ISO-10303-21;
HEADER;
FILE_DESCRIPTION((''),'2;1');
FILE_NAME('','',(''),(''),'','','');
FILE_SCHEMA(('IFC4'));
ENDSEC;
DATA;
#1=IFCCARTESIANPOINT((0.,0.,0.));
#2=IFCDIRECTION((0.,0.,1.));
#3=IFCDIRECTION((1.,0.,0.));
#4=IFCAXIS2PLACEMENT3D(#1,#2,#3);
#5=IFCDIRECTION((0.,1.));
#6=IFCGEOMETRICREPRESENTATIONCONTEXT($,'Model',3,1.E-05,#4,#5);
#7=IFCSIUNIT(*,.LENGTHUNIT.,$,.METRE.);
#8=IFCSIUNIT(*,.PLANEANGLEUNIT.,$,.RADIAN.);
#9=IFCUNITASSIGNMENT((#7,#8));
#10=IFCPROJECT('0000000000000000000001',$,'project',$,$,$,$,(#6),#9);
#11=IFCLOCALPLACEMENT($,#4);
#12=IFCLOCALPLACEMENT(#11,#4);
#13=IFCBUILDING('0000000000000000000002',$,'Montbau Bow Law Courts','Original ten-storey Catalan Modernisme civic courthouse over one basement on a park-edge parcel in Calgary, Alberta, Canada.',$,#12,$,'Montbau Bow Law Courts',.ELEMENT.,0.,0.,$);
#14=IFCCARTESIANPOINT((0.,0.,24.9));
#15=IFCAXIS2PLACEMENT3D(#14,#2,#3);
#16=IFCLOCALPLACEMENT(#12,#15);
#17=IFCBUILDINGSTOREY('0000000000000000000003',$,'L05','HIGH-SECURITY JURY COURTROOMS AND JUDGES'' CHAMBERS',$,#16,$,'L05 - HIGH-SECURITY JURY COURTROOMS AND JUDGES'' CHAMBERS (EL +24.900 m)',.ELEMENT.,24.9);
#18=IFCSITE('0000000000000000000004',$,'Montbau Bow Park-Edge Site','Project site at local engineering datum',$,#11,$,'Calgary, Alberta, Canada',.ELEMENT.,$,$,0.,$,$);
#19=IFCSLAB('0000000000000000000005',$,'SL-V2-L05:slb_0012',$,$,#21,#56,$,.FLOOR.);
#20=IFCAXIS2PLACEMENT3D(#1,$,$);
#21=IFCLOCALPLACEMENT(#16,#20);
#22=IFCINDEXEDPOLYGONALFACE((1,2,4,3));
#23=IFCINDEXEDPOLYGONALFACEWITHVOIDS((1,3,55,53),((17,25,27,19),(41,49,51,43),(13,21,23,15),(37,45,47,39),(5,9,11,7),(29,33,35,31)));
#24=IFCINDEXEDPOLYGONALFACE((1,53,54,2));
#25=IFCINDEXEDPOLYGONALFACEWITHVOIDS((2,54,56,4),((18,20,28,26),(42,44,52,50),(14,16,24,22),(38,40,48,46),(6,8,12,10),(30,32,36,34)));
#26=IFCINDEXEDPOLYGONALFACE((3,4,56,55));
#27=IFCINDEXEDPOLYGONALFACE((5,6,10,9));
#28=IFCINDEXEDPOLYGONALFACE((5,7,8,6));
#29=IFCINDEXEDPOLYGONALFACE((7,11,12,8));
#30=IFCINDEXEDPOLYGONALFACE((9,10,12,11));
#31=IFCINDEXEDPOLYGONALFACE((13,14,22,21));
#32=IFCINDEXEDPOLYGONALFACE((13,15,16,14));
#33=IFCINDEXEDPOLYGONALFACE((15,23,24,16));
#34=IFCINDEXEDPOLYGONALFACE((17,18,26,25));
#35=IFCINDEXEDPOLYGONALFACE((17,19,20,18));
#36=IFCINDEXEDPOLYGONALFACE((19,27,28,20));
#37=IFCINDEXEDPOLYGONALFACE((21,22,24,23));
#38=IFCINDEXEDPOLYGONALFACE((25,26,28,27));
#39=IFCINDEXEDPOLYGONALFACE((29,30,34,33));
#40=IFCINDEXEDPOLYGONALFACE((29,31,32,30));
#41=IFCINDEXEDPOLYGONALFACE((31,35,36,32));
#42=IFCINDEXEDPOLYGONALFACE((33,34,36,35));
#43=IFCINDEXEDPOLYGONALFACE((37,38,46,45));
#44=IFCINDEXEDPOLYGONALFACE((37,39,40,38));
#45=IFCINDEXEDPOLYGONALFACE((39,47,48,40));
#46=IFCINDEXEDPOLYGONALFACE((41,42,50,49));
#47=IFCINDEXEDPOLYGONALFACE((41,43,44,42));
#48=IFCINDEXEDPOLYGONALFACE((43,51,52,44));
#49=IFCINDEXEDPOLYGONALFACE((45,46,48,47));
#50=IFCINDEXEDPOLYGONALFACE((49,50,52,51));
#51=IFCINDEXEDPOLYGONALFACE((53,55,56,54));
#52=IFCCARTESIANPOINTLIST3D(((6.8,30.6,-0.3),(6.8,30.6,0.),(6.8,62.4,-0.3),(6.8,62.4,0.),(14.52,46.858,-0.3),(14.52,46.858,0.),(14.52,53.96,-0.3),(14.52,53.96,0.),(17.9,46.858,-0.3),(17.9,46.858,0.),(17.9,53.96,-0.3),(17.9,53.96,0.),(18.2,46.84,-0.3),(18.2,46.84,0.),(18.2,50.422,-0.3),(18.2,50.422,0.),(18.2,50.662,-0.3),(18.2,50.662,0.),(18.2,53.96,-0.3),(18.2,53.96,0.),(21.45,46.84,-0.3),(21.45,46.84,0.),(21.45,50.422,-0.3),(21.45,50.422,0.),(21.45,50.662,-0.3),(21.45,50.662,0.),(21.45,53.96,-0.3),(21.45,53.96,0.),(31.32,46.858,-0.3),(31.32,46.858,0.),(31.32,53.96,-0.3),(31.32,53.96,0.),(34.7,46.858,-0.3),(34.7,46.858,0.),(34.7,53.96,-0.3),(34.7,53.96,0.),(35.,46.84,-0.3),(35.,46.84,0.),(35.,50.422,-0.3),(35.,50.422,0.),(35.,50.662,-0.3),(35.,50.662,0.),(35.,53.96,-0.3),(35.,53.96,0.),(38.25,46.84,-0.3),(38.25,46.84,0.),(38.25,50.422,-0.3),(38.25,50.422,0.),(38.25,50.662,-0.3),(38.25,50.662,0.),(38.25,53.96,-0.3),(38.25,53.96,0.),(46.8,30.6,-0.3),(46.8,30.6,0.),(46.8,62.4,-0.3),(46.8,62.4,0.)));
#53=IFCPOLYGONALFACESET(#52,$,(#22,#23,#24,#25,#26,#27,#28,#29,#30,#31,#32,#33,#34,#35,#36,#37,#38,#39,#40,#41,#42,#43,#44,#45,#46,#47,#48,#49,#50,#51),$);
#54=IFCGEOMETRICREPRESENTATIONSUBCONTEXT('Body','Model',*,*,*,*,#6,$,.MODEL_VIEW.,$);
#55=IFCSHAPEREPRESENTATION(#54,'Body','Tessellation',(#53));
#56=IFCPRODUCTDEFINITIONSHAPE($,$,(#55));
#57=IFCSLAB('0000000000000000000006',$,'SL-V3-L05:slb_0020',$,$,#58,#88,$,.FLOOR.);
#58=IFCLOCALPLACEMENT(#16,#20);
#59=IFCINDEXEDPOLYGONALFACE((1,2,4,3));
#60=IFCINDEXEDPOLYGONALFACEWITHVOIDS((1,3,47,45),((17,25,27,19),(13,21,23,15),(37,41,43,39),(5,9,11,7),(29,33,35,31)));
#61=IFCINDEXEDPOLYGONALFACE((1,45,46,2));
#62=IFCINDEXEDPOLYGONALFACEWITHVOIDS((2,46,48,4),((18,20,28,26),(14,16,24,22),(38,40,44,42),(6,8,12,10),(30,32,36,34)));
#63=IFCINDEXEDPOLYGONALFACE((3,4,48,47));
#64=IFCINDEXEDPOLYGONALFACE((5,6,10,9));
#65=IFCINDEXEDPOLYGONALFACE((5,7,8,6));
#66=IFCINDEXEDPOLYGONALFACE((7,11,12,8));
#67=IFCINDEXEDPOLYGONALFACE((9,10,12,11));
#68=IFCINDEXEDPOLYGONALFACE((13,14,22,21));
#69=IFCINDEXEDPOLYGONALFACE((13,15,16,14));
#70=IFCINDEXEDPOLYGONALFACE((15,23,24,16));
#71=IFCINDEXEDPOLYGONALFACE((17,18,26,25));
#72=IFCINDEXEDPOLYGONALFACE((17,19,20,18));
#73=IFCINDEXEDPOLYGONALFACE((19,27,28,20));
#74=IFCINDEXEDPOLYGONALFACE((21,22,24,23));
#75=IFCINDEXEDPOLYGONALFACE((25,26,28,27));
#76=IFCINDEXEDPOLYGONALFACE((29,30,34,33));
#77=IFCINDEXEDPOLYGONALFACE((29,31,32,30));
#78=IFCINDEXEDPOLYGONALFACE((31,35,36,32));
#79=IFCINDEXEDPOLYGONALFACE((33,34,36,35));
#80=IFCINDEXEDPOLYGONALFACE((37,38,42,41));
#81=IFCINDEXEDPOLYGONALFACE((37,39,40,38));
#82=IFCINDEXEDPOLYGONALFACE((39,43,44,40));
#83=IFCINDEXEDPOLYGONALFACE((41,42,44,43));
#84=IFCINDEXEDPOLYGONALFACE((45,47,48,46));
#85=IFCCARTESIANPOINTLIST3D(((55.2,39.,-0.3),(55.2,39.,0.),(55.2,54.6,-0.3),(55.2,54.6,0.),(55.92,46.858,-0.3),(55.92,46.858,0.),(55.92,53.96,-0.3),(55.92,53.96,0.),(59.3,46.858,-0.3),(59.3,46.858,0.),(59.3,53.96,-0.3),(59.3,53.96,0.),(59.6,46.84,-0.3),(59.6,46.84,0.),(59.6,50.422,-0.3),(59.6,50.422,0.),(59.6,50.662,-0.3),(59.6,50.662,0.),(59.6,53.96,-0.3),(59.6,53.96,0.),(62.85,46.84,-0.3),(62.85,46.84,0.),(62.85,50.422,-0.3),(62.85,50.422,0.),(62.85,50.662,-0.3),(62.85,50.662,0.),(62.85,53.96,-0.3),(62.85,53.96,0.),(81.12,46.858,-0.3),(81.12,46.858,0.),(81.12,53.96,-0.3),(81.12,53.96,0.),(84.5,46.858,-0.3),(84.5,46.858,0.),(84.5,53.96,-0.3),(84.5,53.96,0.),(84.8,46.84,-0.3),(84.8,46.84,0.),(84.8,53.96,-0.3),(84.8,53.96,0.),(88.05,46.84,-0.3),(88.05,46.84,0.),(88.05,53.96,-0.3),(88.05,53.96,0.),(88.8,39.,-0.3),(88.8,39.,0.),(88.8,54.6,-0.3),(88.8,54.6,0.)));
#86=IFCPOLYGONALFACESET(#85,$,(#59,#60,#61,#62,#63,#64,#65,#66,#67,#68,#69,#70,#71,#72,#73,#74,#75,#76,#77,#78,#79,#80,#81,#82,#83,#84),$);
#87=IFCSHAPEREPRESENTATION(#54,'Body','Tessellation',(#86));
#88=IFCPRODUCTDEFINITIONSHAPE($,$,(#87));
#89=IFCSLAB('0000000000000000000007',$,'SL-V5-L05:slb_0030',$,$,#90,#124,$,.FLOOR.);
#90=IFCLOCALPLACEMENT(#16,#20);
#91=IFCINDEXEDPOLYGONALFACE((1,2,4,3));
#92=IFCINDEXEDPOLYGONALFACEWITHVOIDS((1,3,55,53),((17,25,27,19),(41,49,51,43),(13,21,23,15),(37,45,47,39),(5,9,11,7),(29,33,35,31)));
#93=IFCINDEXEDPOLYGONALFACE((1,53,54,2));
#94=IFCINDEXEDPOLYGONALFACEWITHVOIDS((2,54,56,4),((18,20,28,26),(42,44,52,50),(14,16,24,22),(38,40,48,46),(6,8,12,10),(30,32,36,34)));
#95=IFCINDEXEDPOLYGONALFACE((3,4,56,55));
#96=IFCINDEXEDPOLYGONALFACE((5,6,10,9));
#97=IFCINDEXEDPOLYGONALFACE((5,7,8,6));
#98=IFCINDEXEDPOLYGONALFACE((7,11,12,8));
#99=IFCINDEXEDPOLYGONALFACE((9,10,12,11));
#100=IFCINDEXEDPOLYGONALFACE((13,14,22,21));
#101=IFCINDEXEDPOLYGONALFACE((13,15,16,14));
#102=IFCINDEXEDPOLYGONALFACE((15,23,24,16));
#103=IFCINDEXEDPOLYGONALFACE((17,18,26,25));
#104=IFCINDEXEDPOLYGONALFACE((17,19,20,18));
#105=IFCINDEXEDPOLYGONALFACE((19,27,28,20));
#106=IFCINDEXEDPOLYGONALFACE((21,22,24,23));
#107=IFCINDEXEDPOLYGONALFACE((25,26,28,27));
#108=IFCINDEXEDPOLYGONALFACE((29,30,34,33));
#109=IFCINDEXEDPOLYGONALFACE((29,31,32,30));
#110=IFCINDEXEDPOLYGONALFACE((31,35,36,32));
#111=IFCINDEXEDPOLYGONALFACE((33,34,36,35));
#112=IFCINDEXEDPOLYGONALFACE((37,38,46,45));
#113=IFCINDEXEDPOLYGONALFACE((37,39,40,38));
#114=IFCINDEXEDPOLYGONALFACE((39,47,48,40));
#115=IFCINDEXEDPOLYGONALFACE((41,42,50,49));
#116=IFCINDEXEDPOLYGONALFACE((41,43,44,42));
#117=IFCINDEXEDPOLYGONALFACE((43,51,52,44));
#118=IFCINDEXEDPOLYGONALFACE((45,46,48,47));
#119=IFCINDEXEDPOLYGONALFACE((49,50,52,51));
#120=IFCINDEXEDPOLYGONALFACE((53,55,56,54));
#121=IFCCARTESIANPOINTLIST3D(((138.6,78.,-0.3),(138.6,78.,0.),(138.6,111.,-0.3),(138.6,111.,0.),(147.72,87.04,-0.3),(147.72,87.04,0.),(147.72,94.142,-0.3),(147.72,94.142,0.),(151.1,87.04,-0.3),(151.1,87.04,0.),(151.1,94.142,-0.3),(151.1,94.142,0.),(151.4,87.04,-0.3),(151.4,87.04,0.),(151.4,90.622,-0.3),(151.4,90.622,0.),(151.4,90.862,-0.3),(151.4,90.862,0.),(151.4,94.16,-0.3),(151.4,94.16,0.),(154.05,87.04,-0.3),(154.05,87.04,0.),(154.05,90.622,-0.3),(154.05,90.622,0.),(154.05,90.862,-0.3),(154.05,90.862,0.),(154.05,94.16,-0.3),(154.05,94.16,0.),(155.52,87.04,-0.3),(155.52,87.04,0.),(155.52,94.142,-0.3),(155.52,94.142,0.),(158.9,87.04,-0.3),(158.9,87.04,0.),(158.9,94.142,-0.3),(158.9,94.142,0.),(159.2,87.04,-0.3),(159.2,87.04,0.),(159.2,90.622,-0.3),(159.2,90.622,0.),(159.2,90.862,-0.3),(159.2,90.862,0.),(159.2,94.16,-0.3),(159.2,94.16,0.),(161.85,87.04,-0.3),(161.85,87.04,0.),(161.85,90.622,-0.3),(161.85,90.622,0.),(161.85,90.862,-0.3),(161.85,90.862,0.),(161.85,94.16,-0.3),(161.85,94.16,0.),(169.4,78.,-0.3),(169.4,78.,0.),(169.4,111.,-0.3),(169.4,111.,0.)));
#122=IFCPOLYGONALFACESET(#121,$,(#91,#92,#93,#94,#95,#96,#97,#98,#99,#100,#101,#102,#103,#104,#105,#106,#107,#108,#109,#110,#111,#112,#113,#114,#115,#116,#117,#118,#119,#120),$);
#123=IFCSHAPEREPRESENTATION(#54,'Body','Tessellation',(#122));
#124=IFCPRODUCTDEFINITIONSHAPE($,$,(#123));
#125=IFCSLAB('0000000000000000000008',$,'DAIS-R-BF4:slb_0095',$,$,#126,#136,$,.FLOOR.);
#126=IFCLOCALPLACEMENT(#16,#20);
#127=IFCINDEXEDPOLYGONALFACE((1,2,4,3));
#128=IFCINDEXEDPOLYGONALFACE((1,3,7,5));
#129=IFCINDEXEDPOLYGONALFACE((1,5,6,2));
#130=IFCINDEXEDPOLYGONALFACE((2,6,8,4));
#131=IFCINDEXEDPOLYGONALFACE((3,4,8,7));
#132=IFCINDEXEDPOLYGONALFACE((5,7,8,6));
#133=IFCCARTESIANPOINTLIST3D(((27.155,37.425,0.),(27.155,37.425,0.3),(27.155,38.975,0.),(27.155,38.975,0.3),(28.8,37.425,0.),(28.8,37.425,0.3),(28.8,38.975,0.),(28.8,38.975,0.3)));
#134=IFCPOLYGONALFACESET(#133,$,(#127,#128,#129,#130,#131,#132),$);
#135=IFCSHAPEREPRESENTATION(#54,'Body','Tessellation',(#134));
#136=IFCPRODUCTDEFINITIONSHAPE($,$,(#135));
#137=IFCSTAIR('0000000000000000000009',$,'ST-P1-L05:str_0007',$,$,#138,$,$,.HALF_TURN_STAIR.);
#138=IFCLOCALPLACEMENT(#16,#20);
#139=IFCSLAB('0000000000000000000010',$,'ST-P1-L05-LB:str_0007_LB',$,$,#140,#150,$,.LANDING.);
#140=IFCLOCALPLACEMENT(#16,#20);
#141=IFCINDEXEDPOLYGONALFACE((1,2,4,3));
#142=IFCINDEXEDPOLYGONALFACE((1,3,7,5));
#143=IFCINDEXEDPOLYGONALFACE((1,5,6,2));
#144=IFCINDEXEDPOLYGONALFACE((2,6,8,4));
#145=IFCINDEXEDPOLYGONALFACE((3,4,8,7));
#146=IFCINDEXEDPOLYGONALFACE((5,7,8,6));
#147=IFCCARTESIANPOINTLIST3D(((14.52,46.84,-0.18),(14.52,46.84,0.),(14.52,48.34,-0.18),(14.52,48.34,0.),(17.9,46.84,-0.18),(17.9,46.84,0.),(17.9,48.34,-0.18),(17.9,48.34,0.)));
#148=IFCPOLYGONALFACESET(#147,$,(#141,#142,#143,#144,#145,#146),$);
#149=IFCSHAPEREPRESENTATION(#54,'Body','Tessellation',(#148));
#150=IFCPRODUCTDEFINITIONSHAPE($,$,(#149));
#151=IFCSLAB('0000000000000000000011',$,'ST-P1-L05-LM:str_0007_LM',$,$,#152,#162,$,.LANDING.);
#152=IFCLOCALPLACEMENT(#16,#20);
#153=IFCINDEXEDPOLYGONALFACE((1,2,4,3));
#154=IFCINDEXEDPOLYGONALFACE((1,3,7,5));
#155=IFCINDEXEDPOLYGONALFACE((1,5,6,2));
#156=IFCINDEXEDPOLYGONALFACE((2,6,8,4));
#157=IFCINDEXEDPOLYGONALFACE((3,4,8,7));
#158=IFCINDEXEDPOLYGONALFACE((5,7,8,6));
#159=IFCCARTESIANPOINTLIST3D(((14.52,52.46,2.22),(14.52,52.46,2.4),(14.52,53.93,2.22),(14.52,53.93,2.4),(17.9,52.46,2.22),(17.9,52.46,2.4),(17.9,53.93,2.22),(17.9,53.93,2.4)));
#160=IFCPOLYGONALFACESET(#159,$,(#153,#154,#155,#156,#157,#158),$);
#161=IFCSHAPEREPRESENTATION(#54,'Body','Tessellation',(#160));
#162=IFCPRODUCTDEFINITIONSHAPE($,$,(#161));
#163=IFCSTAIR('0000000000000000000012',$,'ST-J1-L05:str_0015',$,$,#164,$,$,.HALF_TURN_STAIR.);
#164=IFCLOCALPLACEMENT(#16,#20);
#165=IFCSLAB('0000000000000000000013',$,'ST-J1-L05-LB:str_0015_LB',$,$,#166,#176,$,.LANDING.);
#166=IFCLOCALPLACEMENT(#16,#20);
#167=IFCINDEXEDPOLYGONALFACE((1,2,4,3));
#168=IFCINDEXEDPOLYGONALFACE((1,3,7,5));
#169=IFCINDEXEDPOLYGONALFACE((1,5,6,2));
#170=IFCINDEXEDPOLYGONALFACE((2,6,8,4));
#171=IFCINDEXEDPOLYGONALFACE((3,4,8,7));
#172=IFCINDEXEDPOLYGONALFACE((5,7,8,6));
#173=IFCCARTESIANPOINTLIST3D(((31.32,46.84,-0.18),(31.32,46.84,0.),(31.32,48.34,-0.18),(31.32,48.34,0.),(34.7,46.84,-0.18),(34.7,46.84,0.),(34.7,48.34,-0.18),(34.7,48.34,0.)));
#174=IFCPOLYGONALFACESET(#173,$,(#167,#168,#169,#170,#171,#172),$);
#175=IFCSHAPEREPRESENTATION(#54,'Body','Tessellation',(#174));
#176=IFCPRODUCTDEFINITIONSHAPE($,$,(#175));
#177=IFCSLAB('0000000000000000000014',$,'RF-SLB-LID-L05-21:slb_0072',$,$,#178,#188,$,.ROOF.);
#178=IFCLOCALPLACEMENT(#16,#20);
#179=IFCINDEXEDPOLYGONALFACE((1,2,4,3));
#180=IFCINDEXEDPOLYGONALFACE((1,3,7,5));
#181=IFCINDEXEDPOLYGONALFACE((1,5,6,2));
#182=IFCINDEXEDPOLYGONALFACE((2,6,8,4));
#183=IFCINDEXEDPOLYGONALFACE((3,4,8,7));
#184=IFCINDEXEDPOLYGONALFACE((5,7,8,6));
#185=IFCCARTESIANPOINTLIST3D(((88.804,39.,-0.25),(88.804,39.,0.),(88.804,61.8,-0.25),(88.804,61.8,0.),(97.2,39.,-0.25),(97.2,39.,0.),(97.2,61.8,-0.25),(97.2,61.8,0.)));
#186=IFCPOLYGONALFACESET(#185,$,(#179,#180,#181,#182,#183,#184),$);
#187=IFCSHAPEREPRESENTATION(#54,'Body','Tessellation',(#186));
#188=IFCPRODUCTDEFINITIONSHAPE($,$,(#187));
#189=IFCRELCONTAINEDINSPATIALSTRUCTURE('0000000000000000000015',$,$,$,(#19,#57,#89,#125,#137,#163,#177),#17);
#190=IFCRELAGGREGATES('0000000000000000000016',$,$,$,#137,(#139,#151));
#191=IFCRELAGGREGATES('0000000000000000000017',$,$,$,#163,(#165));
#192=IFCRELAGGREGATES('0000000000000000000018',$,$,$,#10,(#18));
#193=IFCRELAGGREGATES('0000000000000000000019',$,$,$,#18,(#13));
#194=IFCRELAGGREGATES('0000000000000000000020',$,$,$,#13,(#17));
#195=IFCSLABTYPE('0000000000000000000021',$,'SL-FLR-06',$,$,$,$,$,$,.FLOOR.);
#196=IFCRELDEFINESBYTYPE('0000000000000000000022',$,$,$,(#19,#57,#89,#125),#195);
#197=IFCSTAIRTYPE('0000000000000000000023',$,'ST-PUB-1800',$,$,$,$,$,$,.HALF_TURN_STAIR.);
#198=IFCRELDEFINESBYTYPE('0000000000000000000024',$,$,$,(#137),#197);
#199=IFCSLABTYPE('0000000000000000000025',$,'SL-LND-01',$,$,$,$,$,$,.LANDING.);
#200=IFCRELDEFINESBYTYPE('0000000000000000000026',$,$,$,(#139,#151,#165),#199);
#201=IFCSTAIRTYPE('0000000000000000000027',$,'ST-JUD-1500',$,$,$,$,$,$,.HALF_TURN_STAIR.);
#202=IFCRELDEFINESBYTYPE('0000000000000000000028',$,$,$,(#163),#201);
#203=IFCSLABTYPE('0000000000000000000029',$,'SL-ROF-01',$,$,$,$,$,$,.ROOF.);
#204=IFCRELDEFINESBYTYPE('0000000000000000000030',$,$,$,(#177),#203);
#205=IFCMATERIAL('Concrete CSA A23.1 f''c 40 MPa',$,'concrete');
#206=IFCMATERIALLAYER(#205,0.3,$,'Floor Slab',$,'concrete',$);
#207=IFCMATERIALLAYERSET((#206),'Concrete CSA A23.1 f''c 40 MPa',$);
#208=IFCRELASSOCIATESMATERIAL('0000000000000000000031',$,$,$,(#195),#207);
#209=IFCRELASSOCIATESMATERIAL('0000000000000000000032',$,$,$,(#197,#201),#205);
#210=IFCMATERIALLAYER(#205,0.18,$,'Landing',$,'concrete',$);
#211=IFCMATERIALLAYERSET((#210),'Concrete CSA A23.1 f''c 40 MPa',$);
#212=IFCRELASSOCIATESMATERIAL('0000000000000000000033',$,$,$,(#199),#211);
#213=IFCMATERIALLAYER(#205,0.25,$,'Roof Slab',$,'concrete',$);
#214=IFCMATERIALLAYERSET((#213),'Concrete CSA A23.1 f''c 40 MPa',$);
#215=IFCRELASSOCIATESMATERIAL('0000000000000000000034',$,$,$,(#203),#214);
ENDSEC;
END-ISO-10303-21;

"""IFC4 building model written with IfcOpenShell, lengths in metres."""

from ifc_helpers import new_model, si_unit, direction, frame, origin_with_axes, place, context, subcontext, project, spatial, polyline, outline, extrude, material, layer, layer_set, type_object, element, aggregate, save


model = new_model("IFC4")

# Units and contexts
model_context = context("Model", 3, precision=1e-05, world=origin_with_axes(), true_north=direction((0.0, 1.0)))
body_context = subcontext(model_context, "Body", "Model", "MODEL_VIEW")
ifc_project = project(units=[si_unit("LENGTHUNIT", "METRE"), si_unit("PLANEANGLEUNIT", "RADIAN")], contexts=[model_context])

# Site, building, storey
site_placement = place(None, origin_with_axes())
site = spatial("IfcSite", under=ifc_project, at=site_placement, Name="Montbau Bow Park-Edge Site", Description="Project site at local engineering datum", LongName="Calgary, Alberta, Canada", CompositionType="ELEMENT", RefElevation=0.0)
building_placement = place(site_placement, origin_with_axes())
building = spatial("IfcBuilding", under=site, at=building_placement, Name="Montbau Bow Law Courts", Description="Original ten-storey Catalan Modernisme civic courthouse over one basement on a park-edge parcel in Calgary, Alberta, Canada.", LongName="Montbau Bow Law Courts", CompositionType="ELEMENT", ElevationOfRefHeight=0.0, ElevationOfTerrain=0.0)
storey_placement = place(building_placement, frame((0.0, 0.0, 24.9), z_axis=(0.0, 0.0, 1.0), x_axis=(1.0, 0.0, 0.0)))
storey = spatial("IfcBuildingStorey", under=building, at=storey_placement, Name="L05", Description="HIGH-SECURITY JURY COURTROOMS AND JUDGES' CHAMBERS", LongName="L05 - HIGH-SECURITY JURY COURTROOMS AND JUDGES' CHAMBERS (EL +24.900 m)", CompositionType="ELEMENT", Elevation=24.9)

# Slabs
ifc_material_1 = material(Name="Concrete CSA A23.1 f'c 40 MPa", Category="concrete")
ifc_layer_1 = layer(ifc_material_1, 0.3, Name="Floor Slab", Category="concrete")
ifc_layer_set_1 = layer_set([ifc_layer_1], Name="Concrete CSA A23.1 f'c 40 MPa")
slab_type_1 = type_object("IfcSlabType", Name="SL-FLR-06", PredefinedType="FLOOR", material=ifc_layer_set_1)
slab_1_placement = place(None, frame((0.0, 0.0, 24.6), z_axis=(0.0, 0.0, 1.0), x_axis=(1.0, 0.0, 0.0)))
element("IfcSlab", 1, at=slab_1_placement, inside=storey, type_object=slab_type_1, Name="SL-V2-L05:slb_0012", PredefinedType="FLOOR", context=body_context, shape_type="SweptSolid", body=[
    extrude(outline(polyline([(6.8, 30.6), (46.8, 30.6), (46.8, 62.4), (6.8, 62.4), (6.8, 30.6)]), holes=[polyline([(14.52, 46.858), (17.9, 46.858), (17.9, 53.96), (14.52, 53.96), (14.52, 46.858)]), polyline([(18.2, 46.84), (21.45, 46.84), (21.45, 50.422), (18.2, 50.422), (18.2, 46.84)]), polyline([(18.2, 50.662), (21.45, 50.662), (21.45, 53.96), (18.2, 53.96), (18.2, 50.662)]), polyline([(31.32, 46.858), (34.7, 46.858), (34.7, 53.96), (31.32, 53.96), (31.32, 46.858)]), polyline([(35.0, 46.84), (38.25, 46.84), (38.25, 50.422), (35.0, 50.422), (35.0, 46.84)]), polyline([(35.0, 50.662), (38.25, 50.662), (38.25, 53.96), (35.0, 53.96), (35.0, 50.662)])]), origin_with_axes(), (0.0, 0.0, 1.0), 0.3),
])
slab_2_placement = place(None, frame((0.0, 0.0, 24.6), z_axis=(0.0, 0.0, 1.0), x_axis=(1.0, 0.0, 0.0)))
element("IfcSlab", 2, at=slab_2_placement, inside=storey, type_object=slab_type_1, Name="SL-V3-L05:slb_0020", PredefinedType="FLOOR", context=body_context, shape_type="SweptSolid", body=[
    extrude(outline(polyline([(55.2, 39.0), (88.8, 39.0), (88.8, 54.6), (55.2, 54.6), (55.2, 39.0)]), holes=[polyline([(55.92, 46.858), (59.3, 46.858), (59.3, 53.96), (55.92, 53.96), (55.92, 46.858)]), polyline([(59.6, 46.84), (62.85, 46.84), (62.85, 50.422), (59.6, 50.422), (59.6, 46.84)]), polyline([(59.6, 50.662), (62.85, 50.662), (62.85, 53.96), (59.6, 53.96), (59.6, 50.662)]), polyline([(81.12, 46.858), (84.5, 46.858), (84.5, 53.96), (81.12, 53.96), (81.12, 46.858)]), polyline([(84.8, 46.84), (88.05, 46.84), (88.05, 53.96), (84.8, 53.96), (84.8, 46.84)])]), origin_with_axes(), (0.0, 0.0, 1.0), 0.3),
])
slab_3_placement = place(None, frame((0.0, 0.0, 24.6), z_axis=(0.0, 0.0, 1.0), x_axis=(1.0, 0.0, 0.0)))
element("IfcSlab", 3, at=slab_3_placement, inside=storey, type_object=slab_type_1, Name="SL-V5-L05:slb_0030", PredefinedType="FLOOR", context=body_context, shape_type="SweptSolid", body=[
    extrude(outline(polyline([(138.6, 78.0), (169.4, 78.0), (169.4, 111.0), (138.6, 111.0), (138.6, 78.0)]), holes=[polyline([(147.72, 87.04), (151.1, 87.04), (151.1, 94.142), (147.72, 94.142), (147.72, 87.04)]), polyline([(151.4, 87.04), (154.05, 87.04), (154.05, 90.622), (151.4, 90.622), (151.4, 87.04)]), polyline([(151.4, 90.862), (154.05, 90.862), (154.05, 94.16), (151.4, 94.16), (151.4, 90.862)]), polyline([(155.52, 87.04), (158.9, 87.04), (158.9, 94.142), (155.52, 94.142), (155.52, 87.04)]), polyline([(159.2, 87.04), (161.85, 87.04), (161.85, 90.622), (159.2, 90.622), (159.2, 87.04)]), polyline([(159.2, 90.862), (161.85, 90.862), (161.85, 94.16), (159.2, 94.16), (159.2, 90.862)])]), origin_with_axes(), (0.0, 0.0, 1.0), 0.3),
])
slab_4_placement = place(None, frame((0.0, 0.0, 24.9), z_axis=(0.0, 0.0, 1.0), x_axis=(1.0, 0.0, 0.0)))
element("IfcSlab", 4, at=slab_4_placement, inside=storey, type_object=slab_type_1, Name="DAIS-R-BF4:slb_0095", PredefinedType="FLOOR", context=body_context, shape_type="SweptSolid", body=[
    extrude(outline(polyline([(27.155, 37.425), (28.8, 37.425), (28.8, 38.975), (27.155, 38.975), (27.155, 37.425)])), origin_with_axes(), (0.0, 0.0, 1.0), 0.3),
])

# Stair, slabs
stair_type_1 = type_object("IfcStairType", Name="ST-PUB-1800", PredefinedType="HALF_TURN_STAIR", material=ifc_material_1)
stair_1_placement = place(None, frame((15.33, 48.3, 24.9), z_axis=(0.0, 0.0, 1.0), x_axis=(1.0, 0.0, 0.0)))
stair_1 = element("IfcStair", 5, at=stair_1_placement, inside=storey, type_object=stair_type_1, Name="ST-P1-L05:str_0007", PredefinedType="HALF_TURN_STAIR")
ifc_layer_2 = layer(ifc_material_1, 0.18, Name="Landing", Category="concrete")
ifc_layer_set_2 = layer_set([ifc_layer_2], Name="Concrete CSA A23.1 f'c 40 MPa")
slab_type_2 = type_object("IfcSlabType", Name="SL-LND-01", PredefinedType="LANDING", material=ifc_layer_set_2)
slab_5_placement = place(None, frame((0.0, 0.0, 24.72), z_axis=(0.0, 0.0, 1.0), x_axis=(1.0, 0.0, 0.0)))
slab_5 = element("IfcSlab", 6, at=slab_5_placement, type_object=slab_type_2, Name="ST-P1-L05-LB:str_0007_LB", PredefinedType="LANDING", context=body_context, shape_type="SweptSolid", body=[
    extrude(outline(polyline([(14.52, 46.84), (17.9, 46.84), (17.9, 48.34), (14.52, 48.34), (14.52, 46.84)])), origin_with_axes(), (0.0, 0.0, 1.0), 0.18),
])
slab_6_placement = place(None, frame((0.0, 0.0, 27.12), z_axis=(0.0, 0.0, 1.0), x_axis=(1.0, 0.0, 0.0)))
slab_6 = element("IfcSlab", 7, at=slab_6_placement, type_object=slab_type_2, Name="ST-P1-L05-LM:str_0007_LM", PredefinedType="LANDING", context=body_context, shape_type="SweptSolid", body=[
    extrude(outline(polyline([(14.52, 52.46), (17.9, 52.46), (17.9, 53.93), (14.52, 53.93), (14.52, 52.46)])), origin_with_axes(), (0.0, 0.0, 1.0), 0.18),
])
aggregate(stair_1, [slab_5, slab_6])

# Stair, slab
stair_type_2 = type_object("IfcStairType", Name="ST-JUD-1500", PredefinedType="HALF_TURN_STAIR", material=ifc_material_1)
stair_2_placement = place(None, frame((32.09, 48.3, 24.9), z_axis=(0.0, 0.0, 1.0), x_axis=(1.0, 0.0, 0.0)))
stair_2 = element("IfcStair", 8, at=stair_2_placement, inside=storey, type_object=stair_type_2, Name="ST-J1-L05:str_0015", PredefinedType="HALF_TURN_STAIR")
slab_7_placement = place(None, frame((0.0, 0.0, 24.72), z_axis=(0.0, 0.0, 1.0), x_axis=(1.0, 0.0, 0.0)))
slab_7 = element("IfcSlab", 9, at=slab_7_placement, type_object=slab_type_2, Name="ST-J1-L05-LB:str_0015_LB", PredefinedType="LANDING", context=body_context, shape_type="SweptSolid", body=[
    extrude(outline(polyline([(31.32, 46.84), (34.7, 46.84), (34.7, 48.34), (31.32, 48.34), (31.32, 46.84)])), origin_with_axes(), (0.0, 0.0, 1.0), 0.18),
])
aggregate(stair_2, [slab_7])

# Slab
ifc_layer_3 = layer(ifc_material_1, 0.25, Name="Roof Slab", Category="concrete")
ifc_layer_set_3 = layer_set([ifc_layer_3], Name="Concrete CSA A23.1 f'c 40 MPa")
slab_type_3 = type_object("IfcSlabType", Name="SL-ROF-01", PredefinedType="ROOF", material=ifc_layer_set_3)
slab_8_placement = place(None, frame((0.0, 0.0, 24.65), z_axis=(0.0, 0.0, 1.0), x_axis=(1.0, 0.0, 0.0)))
element("IfcSlab", 10, at=slab_8_placement, inside=storey, type_object=slab_type_3, Name="RF-SLB-LID-L05-21:slb_0072", PredefinedType="ROOF", context=body_context, shape_type="SweptSolid", body=[
    extrude(outline(polyline([(97.2, 61.8), (97.2, 39.0), (88.804, 39.0), (88.804, 61.8), (97.2, 61.8)])), origin_with_axes(), (0.0, 0.0, 1.0), 0.25),
])

save(model, "model.ifc")
